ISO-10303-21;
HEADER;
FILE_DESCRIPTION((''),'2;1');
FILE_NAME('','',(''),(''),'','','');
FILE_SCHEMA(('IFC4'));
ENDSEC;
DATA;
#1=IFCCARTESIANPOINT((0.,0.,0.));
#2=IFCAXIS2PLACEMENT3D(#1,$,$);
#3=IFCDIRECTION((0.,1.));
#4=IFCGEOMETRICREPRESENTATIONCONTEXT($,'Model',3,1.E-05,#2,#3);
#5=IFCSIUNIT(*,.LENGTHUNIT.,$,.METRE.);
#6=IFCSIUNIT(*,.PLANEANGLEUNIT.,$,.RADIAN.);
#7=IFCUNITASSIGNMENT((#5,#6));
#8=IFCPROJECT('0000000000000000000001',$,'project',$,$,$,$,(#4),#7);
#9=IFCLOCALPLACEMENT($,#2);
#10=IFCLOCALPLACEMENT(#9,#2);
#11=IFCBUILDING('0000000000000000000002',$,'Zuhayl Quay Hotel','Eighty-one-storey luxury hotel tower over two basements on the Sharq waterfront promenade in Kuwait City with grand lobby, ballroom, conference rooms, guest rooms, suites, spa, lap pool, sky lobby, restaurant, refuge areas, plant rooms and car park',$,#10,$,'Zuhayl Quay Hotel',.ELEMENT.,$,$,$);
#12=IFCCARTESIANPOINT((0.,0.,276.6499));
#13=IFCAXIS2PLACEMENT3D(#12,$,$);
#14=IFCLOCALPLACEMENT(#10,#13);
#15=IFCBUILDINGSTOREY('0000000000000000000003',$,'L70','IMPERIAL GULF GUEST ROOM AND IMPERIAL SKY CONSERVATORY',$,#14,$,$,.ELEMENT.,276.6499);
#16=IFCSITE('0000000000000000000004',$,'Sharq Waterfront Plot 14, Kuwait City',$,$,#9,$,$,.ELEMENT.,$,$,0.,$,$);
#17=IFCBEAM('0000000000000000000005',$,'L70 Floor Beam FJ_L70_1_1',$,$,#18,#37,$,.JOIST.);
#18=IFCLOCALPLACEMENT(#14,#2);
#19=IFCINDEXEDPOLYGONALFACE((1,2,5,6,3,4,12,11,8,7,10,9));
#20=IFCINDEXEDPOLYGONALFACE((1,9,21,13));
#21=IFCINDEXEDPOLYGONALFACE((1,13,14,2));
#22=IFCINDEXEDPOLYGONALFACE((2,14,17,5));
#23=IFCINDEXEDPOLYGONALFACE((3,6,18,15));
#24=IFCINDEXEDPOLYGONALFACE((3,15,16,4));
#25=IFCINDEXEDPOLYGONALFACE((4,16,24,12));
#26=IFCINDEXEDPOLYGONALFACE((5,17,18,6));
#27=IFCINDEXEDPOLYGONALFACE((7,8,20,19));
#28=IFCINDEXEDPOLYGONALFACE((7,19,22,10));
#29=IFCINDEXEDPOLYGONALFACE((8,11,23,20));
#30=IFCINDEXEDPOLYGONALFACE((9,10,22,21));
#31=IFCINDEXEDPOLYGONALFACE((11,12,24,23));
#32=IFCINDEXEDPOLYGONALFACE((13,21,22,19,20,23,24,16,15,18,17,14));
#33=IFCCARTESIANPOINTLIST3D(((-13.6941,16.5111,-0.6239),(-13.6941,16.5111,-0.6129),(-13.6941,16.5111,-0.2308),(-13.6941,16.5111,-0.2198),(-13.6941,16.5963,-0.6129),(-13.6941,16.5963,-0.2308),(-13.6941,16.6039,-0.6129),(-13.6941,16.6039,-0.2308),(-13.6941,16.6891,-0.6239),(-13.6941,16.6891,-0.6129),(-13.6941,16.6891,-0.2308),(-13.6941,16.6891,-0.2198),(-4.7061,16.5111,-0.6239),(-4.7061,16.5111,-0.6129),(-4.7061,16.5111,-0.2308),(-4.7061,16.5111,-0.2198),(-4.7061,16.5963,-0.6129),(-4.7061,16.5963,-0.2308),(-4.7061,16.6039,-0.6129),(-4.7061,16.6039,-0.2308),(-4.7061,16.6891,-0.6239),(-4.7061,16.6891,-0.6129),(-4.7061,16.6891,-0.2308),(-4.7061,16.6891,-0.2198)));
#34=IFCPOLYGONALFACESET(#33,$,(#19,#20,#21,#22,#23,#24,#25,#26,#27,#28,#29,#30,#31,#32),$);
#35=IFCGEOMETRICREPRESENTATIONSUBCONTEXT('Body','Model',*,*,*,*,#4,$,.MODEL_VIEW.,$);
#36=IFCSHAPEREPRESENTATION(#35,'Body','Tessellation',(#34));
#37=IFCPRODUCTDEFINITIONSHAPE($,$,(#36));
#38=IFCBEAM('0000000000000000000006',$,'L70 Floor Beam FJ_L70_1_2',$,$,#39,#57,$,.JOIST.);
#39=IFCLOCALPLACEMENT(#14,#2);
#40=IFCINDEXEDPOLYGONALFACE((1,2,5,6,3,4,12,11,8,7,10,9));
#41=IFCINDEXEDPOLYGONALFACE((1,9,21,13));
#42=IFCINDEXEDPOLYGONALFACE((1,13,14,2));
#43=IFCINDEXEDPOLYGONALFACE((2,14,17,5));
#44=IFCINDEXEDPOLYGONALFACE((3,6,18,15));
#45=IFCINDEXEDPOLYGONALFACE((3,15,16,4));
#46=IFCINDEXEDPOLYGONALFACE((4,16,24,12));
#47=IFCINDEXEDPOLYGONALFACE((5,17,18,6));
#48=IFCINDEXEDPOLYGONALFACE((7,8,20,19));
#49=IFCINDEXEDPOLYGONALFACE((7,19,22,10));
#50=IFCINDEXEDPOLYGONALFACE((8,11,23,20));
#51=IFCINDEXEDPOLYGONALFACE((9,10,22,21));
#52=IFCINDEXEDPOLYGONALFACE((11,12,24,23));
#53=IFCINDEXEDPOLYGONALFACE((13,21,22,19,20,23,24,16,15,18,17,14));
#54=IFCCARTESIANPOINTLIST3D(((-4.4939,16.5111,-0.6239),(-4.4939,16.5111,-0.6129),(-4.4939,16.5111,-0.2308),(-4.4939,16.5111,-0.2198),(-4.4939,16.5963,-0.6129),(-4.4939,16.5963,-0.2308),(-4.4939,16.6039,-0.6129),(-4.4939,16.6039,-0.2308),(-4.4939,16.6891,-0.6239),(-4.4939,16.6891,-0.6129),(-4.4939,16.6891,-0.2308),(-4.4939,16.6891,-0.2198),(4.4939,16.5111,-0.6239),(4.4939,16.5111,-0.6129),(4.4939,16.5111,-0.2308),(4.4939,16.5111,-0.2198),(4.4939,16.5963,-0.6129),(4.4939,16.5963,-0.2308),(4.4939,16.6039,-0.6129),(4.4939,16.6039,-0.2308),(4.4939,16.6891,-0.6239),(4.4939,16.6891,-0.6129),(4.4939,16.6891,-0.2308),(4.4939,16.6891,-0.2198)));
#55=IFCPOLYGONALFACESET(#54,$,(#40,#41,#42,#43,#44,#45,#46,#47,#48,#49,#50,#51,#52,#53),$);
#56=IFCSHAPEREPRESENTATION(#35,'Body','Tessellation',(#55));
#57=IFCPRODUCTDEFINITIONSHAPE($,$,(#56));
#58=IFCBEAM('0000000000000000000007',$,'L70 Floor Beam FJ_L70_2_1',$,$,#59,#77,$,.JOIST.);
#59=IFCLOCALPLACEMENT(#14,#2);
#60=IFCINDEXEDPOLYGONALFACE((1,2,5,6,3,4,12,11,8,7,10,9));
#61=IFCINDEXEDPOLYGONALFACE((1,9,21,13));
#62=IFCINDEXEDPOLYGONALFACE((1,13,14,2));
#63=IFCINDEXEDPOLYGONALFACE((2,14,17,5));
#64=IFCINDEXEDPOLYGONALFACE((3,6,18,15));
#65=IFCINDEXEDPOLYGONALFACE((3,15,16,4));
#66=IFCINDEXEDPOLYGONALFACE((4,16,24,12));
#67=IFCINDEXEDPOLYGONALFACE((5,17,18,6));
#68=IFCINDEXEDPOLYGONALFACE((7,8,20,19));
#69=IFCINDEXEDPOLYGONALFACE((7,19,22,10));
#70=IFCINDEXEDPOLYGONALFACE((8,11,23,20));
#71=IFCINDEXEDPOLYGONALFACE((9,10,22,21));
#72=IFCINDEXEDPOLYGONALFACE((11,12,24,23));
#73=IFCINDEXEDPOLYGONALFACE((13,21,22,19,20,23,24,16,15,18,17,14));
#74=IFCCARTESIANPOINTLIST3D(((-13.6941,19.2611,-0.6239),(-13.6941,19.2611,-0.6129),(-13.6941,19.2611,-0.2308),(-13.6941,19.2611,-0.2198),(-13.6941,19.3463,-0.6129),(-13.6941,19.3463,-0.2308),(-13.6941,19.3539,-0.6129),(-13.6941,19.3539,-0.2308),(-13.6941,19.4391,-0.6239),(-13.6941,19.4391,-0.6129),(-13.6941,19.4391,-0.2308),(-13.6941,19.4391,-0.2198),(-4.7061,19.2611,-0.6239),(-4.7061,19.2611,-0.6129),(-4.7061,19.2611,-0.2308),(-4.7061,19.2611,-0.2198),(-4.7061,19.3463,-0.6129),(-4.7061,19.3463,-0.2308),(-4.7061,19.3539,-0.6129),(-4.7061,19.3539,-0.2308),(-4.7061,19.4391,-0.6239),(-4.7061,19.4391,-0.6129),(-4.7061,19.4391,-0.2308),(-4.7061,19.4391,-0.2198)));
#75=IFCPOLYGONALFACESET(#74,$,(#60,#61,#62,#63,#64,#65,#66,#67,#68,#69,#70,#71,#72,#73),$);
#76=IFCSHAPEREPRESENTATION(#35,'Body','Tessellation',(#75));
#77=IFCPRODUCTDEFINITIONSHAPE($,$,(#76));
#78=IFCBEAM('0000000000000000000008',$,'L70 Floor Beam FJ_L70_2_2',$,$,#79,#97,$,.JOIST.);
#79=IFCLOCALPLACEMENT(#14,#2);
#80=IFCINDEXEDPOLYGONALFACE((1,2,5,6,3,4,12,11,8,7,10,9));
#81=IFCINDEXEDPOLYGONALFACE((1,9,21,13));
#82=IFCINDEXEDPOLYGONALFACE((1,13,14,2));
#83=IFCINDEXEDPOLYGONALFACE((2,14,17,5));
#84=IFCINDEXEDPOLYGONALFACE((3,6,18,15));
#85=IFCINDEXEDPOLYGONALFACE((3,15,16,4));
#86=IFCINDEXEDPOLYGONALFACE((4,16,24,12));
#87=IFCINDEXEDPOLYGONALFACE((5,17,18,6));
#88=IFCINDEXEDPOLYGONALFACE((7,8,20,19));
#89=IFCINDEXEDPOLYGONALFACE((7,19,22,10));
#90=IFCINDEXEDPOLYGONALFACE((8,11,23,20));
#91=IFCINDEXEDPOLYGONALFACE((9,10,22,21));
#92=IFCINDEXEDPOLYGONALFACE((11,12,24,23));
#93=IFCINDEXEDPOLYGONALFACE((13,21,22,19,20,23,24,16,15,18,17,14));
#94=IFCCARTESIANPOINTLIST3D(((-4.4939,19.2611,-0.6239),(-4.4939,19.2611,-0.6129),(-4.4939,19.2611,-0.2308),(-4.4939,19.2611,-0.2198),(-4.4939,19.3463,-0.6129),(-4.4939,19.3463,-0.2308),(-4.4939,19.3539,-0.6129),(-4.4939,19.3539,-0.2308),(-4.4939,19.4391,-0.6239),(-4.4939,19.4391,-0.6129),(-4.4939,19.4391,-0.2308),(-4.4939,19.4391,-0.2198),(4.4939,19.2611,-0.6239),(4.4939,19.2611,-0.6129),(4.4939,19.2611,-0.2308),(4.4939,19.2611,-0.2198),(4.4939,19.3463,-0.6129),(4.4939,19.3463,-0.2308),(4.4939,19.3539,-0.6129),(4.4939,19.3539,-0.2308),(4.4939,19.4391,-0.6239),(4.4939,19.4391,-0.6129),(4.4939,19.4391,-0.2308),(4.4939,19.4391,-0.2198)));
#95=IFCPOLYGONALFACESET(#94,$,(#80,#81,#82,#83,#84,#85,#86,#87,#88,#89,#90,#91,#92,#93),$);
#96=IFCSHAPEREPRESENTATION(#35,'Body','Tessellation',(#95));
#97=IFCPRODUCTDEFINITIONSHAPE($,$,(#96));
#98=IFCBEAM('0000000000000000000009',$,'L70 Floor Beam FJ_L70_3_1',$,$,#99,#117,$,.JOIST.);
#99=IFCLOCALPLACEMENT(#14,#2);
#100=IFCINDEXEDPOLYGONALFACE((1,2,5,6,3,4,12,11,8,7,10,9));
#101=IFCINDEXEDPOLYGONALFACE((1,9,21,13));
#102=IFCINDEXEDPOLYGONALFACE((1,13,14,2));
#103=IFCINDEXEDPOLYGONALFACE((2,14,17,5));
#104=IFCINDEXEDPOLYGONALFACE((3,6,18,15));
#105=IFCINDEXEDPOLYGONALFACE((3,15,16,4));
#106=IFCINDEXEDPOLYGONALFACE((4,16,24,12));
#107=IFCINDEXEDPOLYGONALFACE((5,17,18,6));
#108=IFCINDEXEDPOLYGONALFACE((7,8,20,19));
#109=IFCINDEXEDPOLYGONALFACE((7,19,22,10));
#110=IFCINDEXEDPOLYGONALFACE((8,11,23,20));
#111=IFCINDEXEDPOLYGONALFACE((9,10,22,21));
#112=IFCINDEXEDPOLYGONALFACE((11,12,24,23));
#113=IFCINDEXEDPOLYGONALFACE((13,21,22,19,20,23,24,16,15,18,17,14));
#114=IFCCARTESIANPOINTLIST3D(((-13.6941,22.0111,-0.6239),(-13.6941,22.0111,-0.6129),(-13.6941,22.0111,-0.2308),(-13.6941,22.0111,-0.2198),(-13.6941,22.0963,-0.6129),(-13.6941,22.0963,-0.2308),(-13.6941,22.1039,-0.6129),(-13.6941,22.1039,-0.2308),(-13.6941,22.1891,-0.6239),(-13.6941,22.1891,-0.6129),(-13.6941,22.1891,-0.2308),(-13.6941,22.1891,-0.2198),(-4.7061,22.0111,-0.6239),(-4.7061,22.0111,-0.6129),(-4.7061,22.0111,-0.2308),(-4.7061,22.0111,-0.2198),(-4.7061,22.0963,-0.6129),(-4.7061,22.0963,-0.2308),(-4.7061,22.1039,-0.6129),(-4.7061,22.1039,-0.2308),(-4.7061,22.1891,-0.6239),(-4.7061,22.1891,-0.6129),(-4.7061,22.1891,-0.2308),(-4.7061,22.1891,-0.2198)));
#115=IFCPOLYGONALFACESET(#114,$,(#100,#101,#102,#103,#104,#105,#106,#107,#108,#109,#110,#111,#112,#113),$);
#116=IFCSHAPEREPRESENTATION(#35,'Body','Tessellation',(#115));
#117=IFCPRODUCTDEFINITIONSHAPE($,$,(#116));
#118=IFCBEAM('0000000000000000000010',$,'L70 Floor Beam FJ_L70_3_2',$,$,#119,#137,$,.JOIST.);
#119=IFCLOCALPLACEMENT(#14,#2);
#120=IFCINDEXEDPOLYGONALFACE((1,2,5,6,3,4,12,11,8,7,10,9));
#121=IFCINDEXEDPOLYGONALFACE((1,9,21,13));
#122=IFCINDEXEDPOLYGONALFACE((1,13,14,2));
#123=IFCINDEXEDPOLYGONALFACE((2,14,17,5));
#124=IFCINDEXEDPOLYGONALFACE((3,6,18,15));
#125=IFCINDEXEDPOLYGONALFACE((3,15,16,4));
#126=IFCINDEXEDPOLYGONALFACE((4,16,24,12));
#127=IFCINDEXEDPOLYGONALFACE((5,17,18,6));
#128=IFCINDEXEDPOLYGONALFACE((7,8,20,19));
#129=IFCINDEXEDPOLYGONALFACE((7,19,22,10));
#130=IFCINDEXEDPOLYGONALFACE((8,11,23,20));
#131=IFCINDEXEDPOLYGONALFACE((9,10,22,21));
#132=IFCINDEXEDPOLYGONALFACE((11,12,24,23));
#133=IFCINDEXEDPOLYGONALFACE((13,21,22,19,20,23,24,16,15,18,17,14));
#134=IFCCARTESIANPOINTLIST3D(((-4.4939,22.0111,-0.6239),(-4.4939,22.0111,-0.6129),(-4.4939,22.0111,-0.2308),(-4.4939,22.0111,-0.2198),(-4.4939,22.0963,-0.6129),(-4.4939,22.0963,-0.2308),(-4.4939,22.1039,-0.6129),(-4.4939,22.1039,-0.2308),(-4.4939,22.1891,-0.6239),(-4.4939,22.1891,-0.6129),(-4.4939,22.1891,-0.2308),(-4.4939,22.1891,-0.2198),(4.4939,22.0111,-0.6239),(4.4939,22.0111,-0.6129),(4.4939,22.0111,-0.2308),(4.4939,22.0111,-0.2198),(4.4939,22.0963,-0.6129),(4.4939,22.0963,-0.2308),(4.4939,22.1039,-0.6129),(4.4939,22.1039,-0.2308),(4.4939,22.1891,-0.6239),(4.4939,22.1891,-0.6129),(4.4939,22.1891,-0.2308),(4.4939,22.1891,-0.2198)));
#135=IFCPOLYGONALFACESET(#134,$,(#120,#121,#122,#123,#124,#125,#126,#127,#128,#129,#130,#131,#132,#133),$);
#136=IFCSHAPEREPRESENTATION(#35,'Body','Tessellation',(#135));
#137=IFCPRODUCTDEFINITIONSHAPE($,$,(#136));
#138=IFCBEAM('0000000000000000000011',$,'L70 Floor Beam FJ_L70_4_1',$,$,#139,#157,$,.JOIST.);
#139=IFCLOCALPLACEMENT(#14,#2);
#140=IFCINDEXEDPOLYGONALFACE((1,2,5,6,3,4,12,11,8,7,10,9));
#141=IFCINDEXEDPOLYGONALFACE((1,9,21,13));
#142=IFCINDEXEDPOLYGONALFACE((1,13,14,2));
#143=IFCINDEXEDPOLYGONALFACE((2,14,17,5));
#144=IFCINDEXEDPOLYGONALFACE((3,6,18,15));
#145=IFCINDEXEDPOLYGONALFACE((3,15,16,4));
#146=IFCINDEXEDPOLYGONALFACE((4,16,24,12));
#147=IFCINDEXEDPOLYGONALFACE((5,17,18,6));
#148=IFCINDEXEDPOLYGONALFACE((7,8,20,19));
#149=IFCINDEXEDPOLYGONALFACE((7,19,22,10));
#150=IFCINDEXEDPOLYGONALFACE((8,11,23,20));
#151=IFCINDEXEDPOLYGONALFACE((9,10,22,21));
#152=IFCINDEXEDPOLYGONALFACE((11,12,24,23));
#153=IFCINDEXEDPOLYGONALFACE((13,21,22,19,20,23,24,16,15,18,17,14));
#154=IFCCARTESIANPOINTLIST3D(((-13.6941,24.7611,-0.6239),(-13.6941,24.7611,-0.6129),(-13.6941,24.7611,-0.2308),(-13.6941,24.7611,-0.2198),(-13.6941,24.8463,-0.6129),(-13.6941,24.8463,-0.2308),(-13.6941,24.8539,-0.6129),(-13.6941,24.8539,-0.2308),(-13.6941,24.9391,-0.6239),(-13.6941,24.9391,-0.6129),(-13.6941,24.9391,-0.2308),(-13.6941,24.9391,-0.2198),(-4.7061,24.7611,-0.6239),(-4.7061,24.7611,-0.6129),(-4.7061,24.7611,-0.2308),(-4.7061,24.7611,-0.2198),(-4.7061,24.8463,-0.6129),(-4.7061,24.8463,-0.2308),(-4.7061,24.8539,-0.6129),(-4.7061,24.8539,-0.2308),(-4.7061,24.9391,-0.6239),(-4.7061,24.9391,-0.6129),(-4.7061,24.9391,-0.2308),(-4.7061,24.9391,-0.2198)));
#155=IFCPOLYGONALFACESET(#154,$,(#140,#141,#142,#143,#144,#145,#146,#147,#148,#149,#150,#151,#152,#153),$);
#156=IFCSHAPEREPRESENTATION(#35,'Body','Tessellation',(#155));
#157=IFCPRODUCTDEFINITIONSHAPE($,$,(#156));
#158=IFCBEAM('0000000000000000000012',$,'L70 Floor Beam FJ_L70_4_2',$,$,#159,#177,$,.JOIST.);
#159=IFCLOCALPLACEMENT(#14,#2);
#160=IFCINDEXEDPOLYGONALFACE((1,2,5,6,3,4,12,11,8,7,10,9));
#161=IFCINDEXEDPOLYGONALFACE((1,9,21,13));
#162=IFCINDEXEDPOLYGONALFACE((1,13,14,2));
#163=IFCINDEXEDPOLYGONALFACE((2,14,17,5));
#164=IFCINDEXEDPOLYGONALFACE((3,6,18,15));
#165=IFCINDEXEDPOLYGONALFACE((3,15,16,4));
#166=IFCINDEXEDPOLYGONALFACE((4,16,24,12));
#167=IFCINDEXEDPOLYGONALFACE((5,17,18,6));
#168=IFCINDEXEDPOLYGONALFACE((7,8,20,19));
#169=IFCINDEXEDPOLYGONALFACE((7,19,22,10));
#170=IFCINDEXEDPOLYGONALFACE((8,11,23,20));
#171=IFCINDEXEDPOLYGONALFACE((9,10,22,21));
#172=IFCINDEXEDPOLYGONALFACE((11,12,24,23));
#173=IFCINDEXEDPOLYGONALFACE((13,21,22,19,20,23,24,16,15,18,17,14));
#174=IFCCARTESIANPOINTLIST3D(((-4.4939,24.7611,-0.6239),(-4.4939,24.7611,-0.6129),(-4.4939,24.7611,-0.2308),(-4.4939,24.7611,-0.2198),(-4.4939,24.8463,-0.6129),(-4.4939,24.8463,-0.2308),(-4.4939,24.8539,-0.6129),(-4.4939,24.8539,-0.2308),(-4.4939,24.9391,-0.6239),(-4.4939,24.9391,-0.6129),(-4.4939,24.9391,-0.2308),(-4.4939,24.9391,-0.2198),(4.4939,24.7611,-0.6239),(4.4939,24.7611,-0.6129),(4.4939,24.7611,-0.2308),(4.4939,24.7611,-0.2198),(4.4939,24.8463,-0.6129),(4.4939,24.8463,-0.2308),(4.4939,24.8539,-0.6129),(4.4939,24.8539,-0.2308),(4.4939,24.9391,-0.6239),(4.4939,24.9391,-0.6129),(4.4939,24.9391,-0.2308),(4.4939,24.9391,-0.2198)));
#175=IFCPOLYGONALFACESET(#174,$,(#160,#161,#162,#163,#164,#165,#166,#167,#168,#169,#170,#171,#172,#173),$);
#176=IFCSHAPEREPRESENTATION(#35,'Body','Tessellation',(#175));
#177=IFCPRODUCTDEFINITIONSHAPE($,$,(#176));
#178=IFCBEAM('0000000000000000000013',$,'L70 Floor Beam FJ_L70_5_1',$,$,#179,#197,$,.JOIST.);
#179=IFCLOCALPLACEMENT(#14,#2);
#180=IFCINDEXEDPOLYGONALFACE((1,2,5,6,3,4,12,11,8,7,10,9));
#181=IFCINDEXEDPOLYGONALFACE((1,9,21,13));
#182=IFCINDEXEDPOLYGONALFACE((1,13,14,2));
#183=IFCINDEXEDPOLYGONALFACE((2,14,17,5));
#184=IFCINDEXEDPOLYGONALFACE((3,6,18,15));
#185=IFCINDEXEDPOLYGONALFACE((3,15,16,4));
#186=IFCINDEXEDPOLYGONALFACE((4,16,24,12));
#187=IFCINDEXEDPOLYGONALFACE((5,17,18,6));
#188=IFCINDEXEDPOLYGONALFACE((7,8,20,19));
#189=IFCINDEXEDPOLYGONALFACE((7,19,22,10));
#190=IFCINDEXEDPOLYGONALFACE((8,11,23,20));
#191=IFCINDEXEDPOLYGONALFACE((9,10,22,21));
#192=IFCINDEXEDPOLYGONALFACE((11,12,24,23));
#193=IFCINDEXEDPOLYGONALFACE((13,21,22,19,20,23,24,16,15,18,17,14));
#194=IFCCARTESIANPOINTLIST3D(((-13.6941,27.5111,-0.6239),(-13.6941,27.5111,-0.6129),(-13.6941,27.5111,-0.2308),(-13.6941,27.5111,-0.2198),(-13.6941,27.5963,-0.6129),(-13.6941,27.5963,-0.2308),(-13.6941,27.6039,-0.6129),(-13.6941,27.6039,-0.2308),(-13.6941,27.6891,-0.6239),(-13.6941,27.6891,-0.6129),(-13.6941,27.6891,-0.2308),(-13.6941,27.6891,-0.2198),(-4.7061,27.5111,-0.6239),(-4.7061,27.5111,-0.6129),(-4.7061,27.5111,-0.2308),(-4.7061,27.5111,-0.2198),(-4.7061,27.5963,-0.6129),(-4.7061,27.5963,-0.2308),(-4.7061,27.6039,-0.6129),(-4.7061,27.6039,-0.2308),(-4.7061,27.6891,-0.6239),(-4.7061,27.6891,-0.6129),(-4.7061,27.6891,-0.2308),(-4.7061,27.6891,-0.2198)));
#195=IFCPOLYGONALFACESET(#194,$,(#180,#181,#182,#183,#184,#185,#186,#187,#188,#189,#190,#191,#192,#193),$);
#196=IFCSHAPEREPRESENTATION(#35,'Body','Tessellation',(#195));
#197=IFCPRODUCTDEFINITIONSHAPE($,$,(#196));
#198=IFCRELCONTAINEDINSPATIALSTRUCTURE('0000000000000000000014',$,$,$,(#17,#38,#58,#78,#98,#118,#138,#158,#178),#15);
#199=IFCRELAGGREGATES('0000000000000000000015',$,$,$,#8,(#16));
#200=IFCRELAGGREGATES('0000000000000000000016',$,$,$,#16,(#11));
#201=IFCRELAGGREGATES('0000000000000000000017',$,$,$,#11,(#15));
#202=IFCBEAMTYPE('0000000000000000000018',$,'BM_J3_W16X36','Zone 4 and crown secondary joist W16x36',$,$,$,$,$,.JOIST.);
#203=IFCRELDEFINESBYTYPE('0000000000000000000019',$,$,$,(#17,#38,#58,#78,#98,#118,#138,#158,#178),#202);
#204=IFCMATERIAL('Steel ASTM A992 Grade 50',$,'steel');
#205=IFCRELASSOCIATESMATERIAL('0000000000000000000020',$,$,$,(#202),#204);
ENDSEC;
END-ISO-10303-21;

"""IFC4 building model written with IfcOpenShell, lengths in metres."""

from ifc_helpers import new_model, si_unit, direction, frame, origin, origin_2d, place, context, subcontext, project, spatial, i_section, extrude, material, material_profile, profile_set, type_object, element, save


model = new_model("IFC4")

# Units and contexts
model_context = context("Model", 3, precision=1e-05, world=origin(), true_north=direction((0.0, 1.0)))
body_context = subcontext(model_context, "Body", "Model", "MODEL_VIEW")
ifc_project = project(units=[si_unit("LENGTHUNIT", "METRE"), si_unit("PLANEANGLEUNIT", "RADIAN")], contexts=[model_context])

# Site, building, storey
site_placement = place(None, origin())
site = spatial("IfcSite", under=ifc_project, at=site_placement, Name="Sharq Waterfront Plot 14, Kuwait City", CompositionType="ELEMENT", RefElevation=0.0)
building_placement = place(site_placement, origin())
building = spatial("IfcBuilding", under=site, at=building_placement, Name="Zuhayl Quay Hotel", Description="Eighty-one-storey luxury hotel tower over two basements on the Sharq waterfront promenade in Kuwait City with grand lobby, ballroom, conference rooms, guest rooms, suites, spa, lap pool, sky lobby, restaurant, refuge areas, plant rooms and car park", LongName="Zuhayl Quay Hotel", CompositionType="ELEMENT")
storey_placement = place(building_placement, frame((0.0, 0.0, 276.6499)))
storey = spatial("IfcBuildingStorey", under=building, at=storey_placement, Name="L70", Description="IMPERIAL GULF GUEST ROOM AND IMPERIAL SKY CONSERVATORY", CompositionType="ELEMENT", Elevation=276.6499)

# Beams
ifc_material_1 = material(Name="Steel ASTM A992 Grade 50", Category="steel")
ifc_material_profile = material_profile(ifc_material_1, i_section(OverallWidth=0.178, OverallDepth=0.4041, WebThickness=0.0076, FlangeThickness=0.011, at=origin_2d()), Name="W16X36")
ifc_profile_set = profile_set([ifc_material_profile], Name="Steel ASTM A992 Grade 50")
beam_type = type_object("IfcBeamType", Name="BM_J3_W16X36", Description="Zone 4 and crown secondary joist W16x36", PredefinedType="JOIST", material=ifc_profile_set)
beam_1_placement = place(storey_placement, frame((-13.6941, 16.6001, -0.4219), z_axis=(1.0, 0.0, 0.0), x_axis=(0.0, 1.0, 0.0)))
element("IfcBeam", 1, at=beam_1_placement, inside=storey, type_object=beam_type, Name="L70 Floor Beam FJ_L70_1_1", PredefinedType="JOIST", context=body_context, shape_type="SweptSolid", body=[
    extrude(i_section(OverallWidth=0.178, OverallDepth=0.4041, WebThickness=0.0076, FlangeThickness=0.011, at=origin_2d()), origin(), (0.0, 0.0, 1.0), 8.988),
])
beam_2_placement = place(storey_placement, frame((-4.4939, 16.6001, -0.4219), z_axis=(1.0, 0.0, 0.0), x_axis=(0.0, 1.0, 0.0)))
element("IfcBeam", 2, at=beam_2_placement, inside=storey, type_object=beam_type, Name="L70 Floor Beam FJ_L70_1_2", PredefinedType="JOIST", context=body_context, shape_type="SweptSolid", body=[
    extrude(i_section(OverallWidth=0.178, OverallDepth=0.4041, WebThickness=0.0076, FlangeThickness=0.011, at=origin_2d()), origin(), (0.0, 0.0, 1.0), 8.9878),
])
beam_3_placement = place(storey_placement, frame((-13.6941, 19.3501, -0.4219), z_axis=(1.0, 0.0, 0.0), x_axis=(0.0, 1.0, 0.0)))
element("IfcBeam", 3, at=beam_3_placement, inside=storey, type_object=beam_type, Name="L70 Floor Beam FJ_L70_2_1", PredefinedType="JOIST", context=body_context, shape_type="SweptSolid", body=[
    extrude(i_section(OverallWidth=0.178, OverallDepth=0.4041, WebThickness=0.0076, FlangeThickness=0.011, at=origin_2d()), origin(), (0.0, 0.0, 1.0), 8.988),
])
beam_4_placement = place(storey_placement, frame((-4.4939, 19.3501, -0.4219), z_axis=(1.0, 0.0, 0.0), x_axis=(0.0, 1.0, 0.0)))
element("IfcBeam", 4, at=beam_4_placement, inside=storey, type_object=beam_type, Name="L70 Floor Beam FJ_L70_2_2", PredefinedType="JOIST", context=body_context, shape_type="SweptSolid", body=[
    extrude(i_section(OverallWidth=0.178, OverallDepth=0.4041, WebThickness=0.0076, FlangeThickness=0.011, at=origin_2d()), origin(), (0.0, 0.0, 1.0), 8.9878),
])
beam_5_placement = place(storey_placement, frame((-13.6941, 22.1001, -0.4219), z_axis=(1.0, 0.0, 0.0), x_axis=(0.0, 1.0, 0.0)))
element("IfcBeam", 5, at=beam_5_placement, inside=storey, type_object=beam_type, Name="L70 Floor Beam FJ_L70_3_1", PredefinedType="JOIST", context=body_context, shape_type="SweptSolid", body=[
    extrude(i_section(OverallWidth=0.178, OverallDepth=0.4041, WebThickness=0.0076, FlangeThickness=0.011, at=origin_2d()), origin(), (0.0, 0.0, 1.0), 8.988),
])
beam_6_placement = place(storey_placement, frame((-4.4939, 22.1001, -0.4219), z_axis=(1.0, 0.0, 0.0), x_axis=(0.0, 1.0, 0.0)))
element("IfcBeam", 6, at=beam_6_placement, inside=storey, type_object=beam_type, Name="L70 Floor Beam FJ_L70_3_2", PredefinedType="JOIST", context=body_context, shape_type="SweptSolid", body=[
    extrude(i_section(OverallWidth=0.178, OverallDepth=0.4041, WebThickness=0.0076, FlangeThickness=0.011, at=origin_2d()), origin(), (0.0, 0.0, 1.0), 8.9878),
])
beam_7_placement = place(storey_placement, frame((-13.6941, 24.8501, -0.4219), z_axis=(1.0, 0.0, 0.0), x_axis=(0.0, 1.0, 0.0)))
element("IfcBeam", 7, at=beam_7_placement, inside=storey, type_object=beam_type, Name="L70 Floor Beam FJ_L70_4_1", PredefinedType="JOIST", context=body_context, shape_type="SweptSolid", body=[
    extrude(i_section(OverallWidth=0.178, OverallDepth=0.4041, WebThickness=0.0076, FlangeThickness=0.011, at=origin_2d()), origin(), (0.0, 0.0, 1.0), 8.988),
])
beam_8_placement = place(storey_placement, frame((-4.4939, 24.8501, -0.4219), z_axis=(1.0, 0.0, 0.0), x_axis=(0.0, 1.0, 0.0)))
element("IfcBeam", 8, at=beam_8_placement, inside=storey, type_object=beam_type, Name="L70 Floor Beam FJ_L70_4_2", PredefinedType="JOIST", context=body_context, shape_type="SweptSolid", body=[
    extrude(i_section(OverallWidth=0.178, OverallDepth=0.4041, WebThickness=0.0076, FlangeThickness=0.011, at=origin_2d()), origin(), (0.0, 0.0, 1.0), 8.9878),
])
beam_9_placement = place(storey_placement, frame((-13.6941, 27.6001, -0.4219), z_axis=(1.0, 0.0, 0.0), x_axis=(0.0, 1.0, 0.0)))
element("IfcBeam", 9, at=beam_9_placement, inside=storey, type_object=beam_type, Name="L70 Floor Beam FJ_L70_5_1", PredefinedType="JOIST", context=body_context, shape_type="SweptSolid", body=[
    extrude(i_section(OverallWidth=0.178, OverallDepth=0.4041, WebThickness=0.0076, FlangeThickness=0.011, at=origin_2d()), origin(), (0.0, 0.0, 1.0), 8.988),
])

save(model, "model.ifc")
